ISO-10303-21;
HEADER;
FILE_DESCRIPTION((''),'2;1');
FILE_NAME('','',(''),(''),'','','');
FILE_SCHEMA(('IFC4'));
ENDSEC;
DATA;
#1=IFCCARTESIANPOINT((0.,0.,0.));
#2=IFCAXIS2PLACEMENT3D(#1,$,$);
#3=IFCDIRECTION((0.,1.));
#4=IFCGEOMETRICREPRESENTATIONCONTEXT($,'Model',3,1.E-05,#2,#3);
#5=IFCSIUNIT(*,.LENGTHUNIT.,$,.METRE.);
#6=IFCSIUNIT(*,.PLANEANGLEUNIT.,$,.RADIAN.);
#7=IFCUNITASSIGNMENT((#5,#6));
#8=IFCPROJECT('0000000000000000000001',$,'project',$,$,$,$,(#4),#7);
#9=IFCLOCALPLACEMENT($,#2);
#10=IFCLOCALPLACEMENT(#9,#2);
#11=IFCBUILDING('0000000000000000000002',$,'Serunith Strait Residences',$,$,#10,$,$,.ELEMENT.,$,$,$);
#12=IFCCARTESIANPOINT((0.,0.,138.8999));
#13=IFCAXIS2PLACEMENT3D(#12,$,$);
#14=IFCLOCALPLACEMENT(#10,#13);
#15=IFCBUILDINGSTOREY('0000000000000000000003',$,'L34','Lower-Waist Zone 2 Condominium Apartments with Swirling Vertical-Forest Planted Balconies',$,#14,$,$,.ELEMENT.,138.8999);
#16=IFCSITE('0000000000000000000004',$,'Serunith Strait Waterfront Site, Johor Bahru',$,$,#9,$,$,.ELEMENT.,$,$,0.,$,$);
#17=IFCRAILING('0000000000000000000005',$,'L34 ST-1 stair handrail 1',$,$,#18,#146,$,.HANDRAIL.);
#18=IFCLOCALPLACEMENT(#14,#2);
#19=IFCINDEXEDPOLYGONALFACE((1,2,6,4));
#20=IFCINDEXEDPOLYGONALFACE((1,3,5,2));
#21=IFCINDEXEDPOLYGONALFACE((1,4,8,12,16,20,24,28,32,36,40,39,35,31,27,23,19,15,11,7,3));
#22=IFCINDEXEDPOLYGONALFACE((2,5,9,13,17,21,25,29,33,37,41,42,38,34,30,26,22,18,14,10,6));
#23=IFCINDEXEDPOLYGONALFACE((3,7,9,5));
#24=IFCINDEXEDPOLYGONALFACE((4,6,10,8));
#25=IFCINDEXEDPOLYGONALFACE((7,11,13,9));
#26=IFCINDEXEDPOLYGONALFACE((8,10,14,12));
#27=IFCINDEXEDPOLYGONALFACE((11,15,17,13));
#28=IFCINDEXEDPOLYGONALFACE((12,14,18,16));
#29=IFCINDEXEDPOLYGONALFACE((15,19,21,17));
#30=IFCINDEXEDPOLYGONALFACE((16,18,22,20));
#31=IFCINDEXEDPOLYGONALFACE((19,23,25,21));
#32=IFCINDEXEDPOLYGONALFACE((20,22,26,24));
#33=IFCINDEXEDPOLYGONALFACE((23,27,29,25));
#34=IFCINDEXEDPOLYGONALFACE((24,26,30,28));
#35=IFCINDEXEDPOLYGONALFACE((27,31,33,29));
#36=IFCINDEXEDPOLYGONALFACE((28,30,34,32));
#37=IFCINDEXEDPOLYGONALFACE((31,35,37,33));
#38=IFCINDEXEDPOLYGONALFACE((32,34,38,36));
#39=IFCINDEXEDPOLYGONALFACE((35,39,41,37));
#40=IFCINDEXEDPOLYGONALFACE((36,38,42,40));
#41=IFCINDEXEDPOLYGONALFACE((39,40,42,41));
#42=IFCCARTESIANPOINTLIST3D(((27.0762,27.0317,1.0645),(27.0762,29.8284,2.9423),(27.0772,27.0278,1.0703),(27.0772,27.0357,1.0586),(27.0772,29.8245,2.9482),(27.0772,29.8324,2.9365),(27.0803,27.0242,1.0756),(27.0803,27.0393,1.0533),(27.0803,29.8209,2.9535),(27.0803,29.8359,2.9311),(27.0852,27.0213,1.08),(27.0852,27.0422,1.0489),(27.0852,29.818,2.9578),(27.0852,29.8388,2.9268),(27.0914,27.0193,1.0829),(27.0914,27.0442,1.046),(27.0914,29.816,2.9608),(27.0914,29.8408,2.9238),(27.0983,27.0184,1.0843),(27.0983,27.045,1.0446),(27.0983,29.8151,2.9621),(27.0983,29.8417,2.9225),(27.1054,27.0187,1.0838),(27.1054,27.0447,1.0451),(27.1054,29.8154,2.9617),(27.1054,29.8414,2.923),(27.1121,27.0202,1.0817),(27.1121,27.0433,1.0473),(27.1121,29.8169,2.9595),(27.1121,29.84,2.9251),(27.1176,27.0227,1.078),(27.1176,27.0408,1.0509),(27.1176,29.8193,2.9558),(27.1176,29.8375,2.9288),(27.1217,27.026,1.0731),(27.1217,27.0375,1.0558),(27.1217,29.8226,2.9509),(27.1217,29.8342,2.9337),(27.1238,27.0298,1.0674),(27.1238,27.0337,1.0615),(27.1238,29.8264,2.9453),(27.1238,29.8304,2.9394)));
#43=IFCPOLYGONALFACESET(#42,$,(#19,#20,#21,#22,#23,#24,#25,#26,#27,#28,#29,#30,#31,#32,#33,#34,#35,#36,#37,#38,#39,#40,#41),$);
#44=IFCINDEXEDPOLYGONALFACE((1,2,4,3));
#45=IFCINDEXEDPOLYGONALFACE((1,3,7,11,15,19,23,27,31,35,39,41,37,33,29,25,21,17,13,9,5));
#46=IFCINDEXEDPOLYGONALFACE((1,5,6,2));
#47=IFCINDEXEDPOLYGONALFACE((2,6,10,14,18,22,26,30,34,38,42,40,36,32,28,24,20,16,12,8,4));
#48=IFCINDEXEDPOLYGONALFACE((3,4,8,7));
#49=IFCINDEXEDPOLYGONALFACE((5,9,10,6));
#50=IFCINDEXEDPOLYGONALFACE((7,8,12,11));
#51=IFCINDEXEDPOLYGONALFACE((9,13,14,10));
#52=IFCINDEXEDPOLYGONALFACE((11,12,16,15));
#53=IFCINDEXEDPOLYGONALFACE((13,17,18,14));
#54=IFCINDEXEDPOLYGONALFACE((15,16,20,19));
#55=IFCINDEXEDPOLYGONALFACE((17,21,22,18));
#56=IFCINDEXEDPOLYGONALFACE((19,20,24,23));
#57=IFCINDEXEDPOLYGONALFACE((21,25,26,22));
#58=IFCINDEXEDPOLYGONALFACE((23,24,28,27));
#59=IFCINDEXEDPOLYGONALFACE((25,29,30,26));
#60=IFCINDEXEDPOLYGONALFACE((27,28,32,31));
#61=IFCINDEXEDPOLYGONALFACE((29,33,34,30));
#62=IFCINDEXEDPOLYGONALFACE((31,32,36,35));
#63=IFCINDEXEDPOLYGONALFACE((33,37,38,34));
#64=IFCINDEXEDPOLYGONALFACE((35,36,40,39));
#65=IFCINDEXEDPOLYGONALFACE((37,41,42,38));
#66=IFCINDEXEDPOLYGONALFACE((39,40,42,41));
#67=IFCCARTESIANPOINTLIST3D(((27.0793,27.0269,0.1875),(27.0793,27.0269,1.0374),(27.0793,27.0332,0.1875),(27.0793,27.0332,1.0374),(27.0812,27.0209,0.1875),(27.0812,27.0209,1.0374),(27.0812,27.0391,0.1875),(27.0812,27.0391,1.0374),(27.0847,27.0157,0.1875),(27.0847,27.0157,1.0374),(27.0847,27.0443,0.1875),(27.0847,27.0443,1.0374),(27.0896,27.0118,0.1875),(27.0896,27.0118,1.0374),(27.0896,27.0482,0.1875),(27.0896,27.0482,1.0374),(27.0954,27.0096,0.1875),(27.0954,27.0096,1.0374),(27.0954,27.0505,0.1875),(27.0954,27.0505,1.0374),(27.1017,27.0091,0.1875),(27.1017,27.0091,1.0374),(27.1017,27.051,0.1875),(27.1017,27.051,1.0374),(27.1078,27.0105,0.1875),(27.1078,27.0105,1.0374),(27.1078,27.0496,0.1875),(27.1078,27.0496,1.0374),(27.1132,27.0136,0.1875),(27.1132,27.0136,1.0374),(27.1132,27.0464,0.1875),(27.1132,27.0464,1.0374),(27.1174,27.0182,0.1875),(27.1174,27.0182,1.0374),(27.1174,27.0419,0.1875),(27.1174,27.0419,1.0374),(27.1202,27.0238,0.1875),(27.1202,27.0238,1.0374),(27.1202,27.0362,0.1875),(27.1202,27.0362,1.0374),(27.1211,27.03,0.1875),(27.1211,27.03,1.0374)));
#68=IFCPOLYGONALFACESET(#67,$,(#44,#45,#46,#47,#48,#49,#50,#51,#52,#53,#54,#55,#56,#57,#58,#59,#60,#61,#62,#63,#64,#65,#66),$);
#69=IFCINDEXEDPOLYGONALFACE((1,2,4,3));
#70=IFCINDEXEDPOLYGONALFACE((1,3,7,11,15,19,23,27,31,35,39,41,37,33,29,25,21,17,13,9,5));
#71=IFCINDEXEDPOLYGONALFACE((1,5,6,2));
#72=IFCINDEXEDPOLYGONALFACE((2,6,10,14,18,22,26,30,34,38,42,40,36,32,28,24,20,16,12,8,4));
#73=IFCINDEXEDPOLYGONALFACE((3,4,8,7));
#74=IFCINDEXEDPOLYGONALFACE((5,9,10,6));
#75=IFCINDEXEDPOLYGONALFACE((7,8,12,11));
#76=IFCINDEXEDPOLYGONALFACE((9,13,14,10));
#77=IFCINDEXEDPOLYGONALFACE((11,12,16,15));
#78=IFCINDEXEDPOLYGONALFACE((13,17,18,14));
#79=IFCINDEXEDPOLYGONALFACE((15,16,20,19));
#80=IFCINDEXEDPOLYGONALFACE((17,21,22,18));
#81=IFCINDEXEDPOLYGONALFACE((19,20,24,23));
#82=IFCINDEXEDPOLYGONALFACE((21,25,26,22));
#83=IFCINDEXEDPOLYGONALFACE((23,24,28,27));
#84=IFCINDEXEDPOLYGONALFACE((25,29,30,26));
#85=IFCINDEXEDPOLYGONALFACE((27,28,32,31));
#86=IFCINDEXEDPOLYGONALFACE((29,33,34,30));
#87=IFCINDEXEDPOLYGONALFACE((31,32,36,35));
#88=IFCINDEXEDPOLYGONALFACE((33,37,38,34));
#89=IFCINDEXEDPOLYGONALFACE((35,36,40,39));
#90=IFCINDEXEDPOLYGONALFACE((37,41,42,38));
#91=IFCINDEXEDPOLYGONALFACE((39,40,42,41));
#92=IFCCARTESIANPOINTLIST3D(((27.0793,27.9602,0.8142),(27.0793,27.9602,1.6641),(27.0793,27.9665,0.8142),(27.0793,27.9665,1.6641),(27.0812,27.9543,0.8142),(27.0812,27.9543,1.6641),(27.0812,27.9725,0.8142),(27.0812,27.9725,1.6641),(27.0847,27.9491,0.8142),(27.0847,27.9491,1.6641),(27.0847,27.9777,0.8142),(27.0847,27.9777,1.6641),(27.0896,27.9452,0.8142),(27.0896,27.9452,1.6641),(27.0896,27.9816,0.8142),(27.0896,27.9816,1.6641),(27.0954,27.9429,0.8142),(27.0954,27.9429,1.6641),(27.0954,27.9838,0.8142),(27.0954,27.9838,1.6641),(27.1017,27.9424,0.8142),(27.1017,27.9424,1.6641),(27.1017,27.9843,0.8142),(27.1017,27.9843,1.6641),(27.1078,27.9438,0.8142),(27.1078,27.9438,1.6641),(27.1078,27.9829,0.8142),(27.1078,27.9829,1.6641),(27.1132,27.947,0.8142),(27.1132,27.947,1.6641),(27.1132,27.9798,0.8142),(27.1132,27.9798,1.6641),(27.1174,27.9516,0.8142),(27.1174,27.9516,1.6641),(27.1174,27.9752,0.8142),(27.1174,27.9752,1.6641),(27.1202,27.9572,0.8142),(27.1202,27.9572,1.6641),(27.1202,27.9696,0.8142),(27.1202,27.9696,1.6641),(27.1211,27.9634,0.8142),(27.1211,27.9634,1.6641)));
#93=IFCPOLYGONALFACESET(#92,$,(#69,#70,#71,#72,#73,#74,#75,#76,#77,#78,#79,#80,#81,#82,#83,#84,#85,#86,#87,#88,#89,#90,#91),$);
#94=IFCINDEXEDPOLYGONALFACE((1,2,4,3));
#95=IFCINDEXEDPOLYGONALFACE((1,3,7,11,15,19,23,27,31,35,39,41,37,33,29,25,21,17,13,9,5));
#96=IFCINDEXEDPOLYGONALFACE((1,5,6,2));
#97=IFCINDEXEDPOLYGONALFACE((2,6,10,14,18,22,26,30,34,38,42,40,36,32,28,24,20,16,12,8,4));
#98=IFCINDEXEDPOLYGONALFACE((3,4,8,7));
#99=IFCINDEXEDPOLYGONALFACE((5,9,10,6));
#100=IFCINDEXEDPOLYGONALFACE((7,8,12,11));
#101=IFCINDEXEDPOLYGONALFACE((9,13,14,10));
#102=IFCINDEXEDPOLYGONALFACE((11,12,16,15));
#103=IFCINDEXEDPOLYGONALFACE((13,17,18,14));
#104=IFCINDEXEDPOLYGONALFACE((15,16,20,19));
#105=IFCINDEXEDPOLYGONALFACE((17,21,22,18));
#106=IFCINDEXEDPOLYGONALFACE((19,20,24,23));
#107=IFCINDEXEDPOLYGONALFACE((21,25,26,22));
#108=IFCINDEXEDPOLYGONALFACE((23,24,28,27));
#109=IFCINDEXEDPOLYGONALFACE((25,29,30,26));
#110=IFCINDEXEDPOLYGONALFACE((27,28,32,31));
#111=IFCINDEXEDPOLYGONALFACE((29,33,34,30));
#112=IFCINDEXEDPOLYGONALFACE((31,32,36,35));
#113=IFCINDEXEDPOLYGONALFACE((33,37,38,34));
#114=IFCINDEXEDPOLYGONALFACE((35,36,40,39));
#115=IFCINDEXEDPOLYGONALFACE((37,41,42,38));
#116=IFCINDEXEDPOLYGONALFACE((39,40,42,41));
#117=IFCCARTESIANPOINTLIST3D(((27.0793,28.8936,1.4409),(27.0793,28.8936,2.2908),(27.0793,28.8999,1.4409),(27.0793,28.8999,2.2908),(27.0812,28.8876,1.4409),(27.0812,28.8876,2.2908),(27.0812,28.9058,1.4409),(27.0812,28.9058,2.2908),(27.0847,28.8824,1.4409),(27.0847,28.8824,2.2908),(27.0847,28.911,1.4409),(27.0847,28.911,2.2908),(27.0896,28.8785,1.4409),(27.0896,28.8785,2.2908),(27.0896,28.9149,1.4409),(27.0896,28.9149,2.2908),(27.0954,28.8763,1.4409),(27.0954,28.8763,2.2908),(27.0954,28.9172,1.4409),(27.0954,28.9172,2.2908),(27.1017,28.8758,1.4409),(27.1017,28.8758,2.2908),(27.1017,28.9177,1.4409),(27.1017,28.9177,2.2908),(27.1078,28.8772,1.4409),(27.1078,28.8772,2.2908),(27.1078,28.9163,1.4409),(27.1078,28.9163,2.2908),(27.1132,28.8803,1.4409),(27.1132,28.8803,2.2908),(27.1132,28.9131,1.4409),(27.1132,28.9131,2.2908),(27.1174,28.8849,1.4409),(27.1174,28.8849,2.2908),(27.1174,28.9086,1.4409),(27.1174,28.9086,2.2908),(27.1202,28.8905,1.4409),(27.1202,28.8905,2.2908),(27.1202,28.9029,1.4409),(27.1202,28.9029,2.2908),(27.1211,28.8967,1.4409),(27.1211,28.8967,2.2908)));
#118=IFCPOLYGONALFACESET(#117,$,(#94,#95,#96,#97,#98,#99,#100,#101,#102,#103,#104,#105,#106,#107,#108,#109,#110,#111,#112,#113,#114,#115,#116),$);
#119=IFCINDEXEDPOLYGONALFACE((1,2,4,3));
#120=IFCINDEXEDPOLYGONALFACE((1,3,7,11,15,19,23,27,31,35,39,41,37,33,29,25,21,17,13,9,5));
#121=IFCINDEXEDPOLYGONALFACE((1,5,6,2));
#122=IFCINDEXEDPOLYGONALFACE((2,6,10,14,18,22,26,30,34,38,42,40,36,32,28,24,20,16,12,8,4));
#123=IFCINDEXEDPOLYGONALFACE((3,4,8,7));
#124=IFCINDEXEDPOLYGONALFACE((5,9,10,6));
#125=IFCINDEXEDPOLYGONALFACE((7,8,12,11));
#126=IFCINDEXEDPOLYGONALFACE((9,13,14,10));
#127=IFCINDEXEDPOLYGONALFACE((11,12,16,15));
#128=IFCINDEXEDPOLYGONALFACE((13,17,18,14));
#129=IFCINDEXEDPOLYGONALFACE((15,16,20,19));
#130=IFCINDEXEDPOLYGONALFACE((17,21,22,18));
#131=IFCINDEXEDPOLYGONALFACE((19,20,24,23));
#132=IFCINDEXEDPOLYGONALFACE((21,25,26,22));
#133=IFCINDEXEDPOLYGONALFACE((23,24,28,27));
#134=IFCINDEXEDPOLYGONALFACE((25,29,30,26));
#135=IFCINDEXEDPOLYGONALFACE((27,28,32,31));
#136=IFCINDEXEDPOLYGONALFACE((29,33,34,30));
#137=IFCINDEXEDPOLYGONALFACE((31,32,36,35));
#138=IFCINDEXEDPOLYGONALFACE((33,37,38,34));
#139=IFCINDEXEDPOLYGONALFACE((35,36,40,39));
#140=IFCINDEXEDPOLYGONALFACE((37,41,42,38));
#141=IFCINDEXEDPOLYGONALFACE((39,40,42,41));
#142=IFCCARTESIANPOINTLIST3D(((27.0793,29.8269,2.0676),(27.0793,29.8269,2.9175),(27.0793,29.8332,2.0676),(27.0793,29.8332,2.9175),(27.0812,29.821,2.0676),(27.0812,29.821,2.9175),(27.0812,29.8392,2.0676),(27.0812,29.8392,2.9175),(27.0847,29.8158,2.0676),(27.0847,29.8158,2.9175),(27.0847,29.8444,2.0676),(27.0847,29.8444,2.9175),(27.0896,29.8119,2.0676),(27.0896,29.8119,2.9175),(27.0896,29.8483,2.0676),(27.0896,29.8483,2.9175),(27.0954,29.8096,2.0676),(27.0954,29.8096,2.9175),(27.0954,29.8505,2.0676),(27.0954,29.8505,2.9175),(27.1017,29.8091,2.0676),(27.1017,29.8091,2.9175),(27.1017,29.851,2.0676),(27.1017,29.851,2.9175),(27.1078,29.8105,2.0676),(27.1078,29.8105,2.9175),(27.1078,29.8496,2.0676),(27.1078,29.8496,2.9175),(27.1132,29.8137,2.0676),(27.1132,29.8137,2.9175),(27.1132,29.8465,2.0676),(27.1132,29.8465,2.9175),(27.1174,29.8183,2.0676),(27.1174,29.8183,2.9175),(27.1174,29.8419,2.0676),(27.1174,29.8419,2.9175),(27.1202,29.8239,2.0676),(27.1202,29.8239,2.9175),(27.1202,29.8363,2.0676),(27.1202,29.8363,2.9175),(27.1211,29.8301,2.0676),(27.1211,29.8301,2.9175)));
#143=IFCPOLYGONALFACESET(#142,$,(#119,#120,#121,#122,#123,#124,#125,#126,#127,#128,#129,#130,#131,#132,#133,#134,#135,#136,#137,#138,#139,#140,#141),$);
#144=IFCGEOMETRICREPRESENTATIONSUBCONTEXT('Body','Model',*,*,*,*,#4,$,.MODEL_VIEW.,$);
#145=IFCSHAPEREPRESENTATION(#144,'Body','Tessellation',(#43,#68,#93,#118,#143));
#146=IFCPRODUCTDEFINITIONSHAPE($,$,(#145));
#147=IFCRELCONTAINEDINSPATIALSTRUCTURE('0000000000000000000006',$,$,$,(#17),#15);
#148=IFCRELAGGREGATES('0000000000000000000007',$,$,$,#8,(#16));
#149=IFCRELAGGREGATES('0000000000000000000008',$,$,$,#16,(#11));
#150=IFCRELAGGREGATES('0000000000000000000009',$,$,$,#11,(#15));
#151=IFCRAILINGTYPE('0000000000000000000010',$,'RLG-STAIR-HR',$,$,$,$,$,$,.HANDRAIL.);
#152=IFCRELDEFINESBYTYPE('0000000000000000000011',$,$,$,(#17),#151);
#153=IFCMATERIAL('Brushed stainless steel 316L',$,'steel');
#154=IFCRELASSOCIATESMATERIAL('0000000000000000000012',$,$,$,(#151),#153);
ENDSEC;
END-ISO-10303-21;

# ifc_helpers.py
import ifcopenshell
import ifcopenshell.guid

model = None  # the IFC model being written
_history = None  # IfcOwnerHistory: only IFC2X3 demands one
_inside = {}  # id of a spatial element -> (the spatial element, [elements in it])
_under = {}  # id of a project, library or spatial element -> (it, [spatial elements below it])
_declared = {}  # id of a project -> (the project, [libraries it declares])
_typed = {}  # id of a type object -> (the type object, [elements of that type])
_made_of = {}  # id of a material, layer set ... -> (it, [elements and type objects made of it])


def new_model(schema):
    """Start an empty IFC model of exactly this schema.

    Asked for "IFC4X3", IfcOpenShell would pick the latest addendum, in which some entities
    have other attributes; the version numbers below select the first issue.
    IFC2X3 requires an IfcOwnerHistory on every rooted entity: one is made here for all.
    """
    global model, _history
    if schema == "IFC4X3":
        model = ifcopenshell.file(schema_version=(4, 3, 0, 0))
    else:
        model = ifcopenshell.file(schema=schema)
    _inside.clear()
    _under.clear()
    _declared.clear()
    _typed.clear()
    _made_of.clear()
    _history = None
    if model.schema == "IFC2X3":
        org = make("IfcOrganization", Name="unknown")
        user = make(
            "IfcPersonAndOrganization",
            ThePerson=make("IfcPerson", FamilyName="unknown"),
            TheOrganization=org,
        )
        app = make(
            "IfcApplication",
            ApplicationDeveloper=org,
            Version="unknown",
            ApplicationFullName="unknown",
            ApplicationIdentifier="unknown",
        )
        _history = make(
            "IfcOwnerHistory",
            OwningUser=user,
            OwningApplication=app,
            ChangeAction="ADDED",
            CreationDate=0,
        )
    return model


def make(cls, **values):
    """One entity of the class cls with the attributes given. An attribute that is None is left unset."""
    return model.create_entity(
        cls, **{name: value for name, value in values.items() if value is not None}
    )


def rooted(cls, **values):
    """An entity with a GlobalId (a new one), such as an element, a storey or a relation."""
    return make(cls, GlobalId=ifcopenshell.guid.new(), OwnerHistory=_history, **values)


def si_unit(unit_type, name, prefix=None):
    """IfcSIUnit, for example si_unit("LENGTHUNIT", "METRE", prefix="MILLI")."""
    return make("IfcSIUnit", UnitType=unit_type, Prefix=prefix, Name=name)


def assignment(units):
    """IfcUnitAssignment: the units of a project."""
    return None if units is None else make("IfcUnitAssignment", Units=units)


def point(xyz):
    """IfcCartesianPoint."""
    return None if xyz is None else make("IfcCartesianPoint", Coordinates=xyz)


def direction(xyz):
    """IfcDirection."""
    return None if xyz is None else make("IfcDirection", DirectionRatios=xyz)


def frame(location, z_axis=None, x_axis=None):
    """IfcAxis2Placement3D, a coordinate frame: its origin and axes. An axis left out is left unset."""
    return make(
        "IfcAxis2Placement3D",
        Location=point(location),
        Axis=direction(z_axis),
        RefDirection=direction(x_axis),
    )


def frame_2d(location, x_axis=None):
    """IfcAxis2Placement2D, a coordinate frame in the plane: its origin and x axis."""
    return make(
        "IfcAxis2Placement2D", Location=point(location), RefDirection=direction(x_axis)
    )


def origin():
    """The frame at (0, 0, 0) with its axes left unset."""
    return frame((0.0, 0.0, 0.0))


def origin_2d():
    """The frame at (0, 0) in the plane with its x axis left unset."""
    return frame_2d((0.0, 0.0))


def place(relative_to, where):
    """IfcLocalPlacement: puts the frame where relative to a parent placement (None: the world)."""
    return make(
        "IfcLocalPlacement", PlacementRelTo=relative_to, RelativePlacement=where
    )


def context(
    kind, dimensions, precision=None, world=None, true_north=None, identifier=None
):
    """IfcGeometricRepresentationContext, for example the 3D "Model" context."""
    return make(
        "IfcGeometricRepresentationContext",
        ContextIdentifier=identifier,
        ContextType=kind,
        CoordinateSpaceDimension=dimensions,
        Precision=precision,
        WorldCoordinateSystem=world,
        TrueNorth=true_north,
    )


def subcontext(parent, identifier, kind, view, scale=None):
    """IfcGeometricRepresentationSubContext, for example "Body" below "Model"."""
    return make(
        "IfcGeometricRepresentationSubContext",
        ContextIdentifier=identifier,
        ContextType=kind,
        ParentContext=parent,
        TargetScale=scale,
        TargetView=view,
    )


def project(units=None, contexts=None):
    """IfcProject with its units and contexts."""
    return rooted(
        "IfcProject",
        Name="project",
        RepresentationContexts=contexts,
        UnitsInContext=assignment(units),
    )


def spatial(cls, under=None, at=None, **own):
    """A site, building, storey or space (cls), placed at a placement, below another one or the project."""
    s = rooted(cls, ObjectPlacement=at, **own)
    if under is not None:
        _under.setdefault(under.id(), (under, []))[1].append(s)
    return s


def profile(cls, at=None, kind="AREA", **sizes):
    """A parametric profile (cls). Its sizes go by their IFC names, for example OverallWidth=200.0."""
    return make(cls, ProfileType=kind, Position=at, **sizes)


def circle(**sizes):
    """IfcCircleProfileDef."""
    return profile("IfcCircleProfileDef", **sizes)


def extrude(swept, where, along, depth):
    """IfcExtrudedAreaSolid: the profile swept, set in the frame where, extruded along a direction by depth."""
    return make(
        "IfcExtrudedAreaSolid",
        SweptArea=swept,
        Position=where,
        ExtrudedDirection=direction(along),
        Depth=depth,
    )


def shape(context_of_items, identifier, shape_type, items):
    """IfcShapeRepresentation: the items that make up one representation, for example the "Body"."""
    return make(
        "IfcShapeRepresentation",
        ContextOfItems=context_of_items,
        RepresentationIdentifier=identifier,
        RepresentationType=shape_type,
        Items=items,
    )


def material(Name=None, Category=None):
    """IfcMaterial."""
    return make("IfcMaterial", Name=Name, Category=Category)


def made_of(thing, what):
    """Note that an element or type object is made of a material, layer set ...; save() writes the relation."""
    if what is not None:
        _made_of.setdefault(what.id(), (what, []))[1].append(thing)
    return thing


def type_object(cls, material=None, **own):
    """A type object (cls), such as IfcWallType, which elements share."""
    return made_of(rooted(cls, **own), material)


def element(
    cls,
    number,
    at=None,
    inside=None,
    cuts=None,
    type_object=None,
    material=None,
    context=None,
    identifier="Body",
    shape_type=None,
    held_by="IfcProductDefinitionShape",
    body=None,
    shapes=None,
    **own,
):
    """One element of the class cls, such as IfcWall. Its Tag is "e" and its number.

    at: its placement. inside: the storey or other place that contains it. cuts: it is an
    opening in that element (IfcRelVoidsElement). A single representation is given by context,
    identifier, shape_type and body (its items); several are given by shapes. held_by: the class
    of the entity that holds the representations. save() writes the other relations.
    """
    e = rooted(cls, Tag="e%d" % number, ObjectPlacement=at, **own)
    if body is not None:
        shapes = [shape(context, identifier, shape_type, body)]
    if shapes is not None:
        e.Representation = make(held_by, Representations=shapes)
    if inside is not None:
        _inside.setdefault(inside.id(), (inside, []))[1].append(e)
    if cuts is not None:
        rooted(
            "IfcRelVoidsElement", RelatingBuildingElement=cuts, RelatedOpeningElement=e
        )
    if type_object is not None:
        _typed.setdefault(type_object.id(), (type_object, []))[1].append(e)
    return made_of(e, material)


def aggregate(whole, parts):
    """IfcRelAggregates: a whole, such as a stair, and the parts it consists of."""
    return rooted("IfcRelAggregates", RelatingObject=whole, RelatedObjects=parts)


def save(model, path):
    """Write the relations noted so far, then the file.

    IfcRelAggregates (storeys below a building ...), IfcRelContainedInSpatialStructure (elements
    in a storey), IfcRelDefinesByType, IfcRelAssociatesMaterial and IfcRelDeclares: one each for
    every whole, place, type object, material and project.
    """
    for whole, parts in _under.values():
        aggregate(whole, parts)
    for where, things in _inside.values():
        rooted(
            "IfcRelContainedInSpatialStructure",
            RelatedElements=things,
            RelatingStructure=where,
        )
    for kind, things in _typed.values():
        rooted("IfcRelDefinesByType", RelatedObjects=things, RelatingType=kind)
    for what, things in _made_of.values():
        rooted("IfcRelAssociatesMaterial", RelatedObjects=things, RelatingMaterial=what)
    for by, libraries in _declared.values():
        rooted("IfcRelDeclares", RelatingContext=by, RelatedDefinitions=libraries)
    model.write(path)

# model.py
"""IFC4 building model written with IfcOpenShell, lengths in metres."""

from ifc_helpers import new_model, si_unit, direction, frame, origin, origin_2d, place, context, subcontext, project, spatial, circle, extrude, material, type_object, element, save


model = new_model("IFC4")

# Units and contexts
model_context = context("Model", 3, precision=1e-05, world=origin(), true_north=direction((0.0, 1.0)))
body_context = subcontext(model_context, "Body", "Model", "MODEL_VIEW")
ifc_project = project(units=[si_unit("LENGTHUNIT", "METRE"), si_unit("PLANEANGLEUNIT", "RADIAN")], contexts=[model_context])

# Site, building, storey
site_placement = place(None, origin())
site = spatial("IfcSite", under=ifc_project, at=site_placement, Name="Serunith Strait Waterfront Site, Johor Bahru", CompositionType="ELEMENT", RefElevation=0.0)
building_placement = place(site_placement, origin())
building = spatial("IfcBuilding", under=site, at=building_placement, Name="Serunith Strait Residences", CompositionType="ELEMENT")
storey_placement = place(building_placement, frame((0.0, 0.0, 138.8999)))
storey = spatial("IfcBuildingStorey", under=building, at=storey_placement, Name="L34", Description="Lower-Waist Zone 2 Condominium Apartments with Swirling Vertical-Forest Planted Balconies", CompositionType="ELEMENT", Elevation=138.8999)

# Railing
ifc_material_1 = material(Name="Brushed stainless steel 316L", Category="steel")
railing_type_1 = type_object("IfcRailingType", Name="RLG-STAIR-HR", PredefinedType="HANDRAIL", material=ifc_material_1)
railing_1_placement = place(storey_placement, frame((27.1001, 27.03, 0.1875)))
element("IfcRailing", 1, at=railing_1_placement, inside=storey, type_object=railing_type_1, Name="L34 ST-1 stair handrail 1", PredefinedType="HANDRAIL", context=body_context, shape_type="SweptSolid", body=[
    extrude(circle(Radius=0.0239, at=origin_2d()), frame((0.0, 0.0017, 0.877), z_axis=(0.0, 0.830208, 0.557453), x_axis=(-1.0, 0.0, 0.0)), (0.0, 0.0, 1.0), 3.3687),
    extrude(circle(Radius=0.021, at=origin_2d()), origin(), (0.0, 0.0, 1.0), 0.8499),
    extrude(circle(Radius=0.021, at=origin_2d()), frame((0.0, 0.9333, 0.6267)), (0.0, 0.0, 1.0), 0.8499),
    extrude(circle(Radius=0.021, at=origin_2d()), frame((0.0, 1.8667, 1.2534)), (0.0, 0.0, 1.0), 0.8499),
    extrude(circle(Radius=0.021, at=origin_2d()), frame((0.0, 2.8, 1.8801)), (0.0, 0.0, 1.0), 0.8499),
])

save(model, "model.ifc")
